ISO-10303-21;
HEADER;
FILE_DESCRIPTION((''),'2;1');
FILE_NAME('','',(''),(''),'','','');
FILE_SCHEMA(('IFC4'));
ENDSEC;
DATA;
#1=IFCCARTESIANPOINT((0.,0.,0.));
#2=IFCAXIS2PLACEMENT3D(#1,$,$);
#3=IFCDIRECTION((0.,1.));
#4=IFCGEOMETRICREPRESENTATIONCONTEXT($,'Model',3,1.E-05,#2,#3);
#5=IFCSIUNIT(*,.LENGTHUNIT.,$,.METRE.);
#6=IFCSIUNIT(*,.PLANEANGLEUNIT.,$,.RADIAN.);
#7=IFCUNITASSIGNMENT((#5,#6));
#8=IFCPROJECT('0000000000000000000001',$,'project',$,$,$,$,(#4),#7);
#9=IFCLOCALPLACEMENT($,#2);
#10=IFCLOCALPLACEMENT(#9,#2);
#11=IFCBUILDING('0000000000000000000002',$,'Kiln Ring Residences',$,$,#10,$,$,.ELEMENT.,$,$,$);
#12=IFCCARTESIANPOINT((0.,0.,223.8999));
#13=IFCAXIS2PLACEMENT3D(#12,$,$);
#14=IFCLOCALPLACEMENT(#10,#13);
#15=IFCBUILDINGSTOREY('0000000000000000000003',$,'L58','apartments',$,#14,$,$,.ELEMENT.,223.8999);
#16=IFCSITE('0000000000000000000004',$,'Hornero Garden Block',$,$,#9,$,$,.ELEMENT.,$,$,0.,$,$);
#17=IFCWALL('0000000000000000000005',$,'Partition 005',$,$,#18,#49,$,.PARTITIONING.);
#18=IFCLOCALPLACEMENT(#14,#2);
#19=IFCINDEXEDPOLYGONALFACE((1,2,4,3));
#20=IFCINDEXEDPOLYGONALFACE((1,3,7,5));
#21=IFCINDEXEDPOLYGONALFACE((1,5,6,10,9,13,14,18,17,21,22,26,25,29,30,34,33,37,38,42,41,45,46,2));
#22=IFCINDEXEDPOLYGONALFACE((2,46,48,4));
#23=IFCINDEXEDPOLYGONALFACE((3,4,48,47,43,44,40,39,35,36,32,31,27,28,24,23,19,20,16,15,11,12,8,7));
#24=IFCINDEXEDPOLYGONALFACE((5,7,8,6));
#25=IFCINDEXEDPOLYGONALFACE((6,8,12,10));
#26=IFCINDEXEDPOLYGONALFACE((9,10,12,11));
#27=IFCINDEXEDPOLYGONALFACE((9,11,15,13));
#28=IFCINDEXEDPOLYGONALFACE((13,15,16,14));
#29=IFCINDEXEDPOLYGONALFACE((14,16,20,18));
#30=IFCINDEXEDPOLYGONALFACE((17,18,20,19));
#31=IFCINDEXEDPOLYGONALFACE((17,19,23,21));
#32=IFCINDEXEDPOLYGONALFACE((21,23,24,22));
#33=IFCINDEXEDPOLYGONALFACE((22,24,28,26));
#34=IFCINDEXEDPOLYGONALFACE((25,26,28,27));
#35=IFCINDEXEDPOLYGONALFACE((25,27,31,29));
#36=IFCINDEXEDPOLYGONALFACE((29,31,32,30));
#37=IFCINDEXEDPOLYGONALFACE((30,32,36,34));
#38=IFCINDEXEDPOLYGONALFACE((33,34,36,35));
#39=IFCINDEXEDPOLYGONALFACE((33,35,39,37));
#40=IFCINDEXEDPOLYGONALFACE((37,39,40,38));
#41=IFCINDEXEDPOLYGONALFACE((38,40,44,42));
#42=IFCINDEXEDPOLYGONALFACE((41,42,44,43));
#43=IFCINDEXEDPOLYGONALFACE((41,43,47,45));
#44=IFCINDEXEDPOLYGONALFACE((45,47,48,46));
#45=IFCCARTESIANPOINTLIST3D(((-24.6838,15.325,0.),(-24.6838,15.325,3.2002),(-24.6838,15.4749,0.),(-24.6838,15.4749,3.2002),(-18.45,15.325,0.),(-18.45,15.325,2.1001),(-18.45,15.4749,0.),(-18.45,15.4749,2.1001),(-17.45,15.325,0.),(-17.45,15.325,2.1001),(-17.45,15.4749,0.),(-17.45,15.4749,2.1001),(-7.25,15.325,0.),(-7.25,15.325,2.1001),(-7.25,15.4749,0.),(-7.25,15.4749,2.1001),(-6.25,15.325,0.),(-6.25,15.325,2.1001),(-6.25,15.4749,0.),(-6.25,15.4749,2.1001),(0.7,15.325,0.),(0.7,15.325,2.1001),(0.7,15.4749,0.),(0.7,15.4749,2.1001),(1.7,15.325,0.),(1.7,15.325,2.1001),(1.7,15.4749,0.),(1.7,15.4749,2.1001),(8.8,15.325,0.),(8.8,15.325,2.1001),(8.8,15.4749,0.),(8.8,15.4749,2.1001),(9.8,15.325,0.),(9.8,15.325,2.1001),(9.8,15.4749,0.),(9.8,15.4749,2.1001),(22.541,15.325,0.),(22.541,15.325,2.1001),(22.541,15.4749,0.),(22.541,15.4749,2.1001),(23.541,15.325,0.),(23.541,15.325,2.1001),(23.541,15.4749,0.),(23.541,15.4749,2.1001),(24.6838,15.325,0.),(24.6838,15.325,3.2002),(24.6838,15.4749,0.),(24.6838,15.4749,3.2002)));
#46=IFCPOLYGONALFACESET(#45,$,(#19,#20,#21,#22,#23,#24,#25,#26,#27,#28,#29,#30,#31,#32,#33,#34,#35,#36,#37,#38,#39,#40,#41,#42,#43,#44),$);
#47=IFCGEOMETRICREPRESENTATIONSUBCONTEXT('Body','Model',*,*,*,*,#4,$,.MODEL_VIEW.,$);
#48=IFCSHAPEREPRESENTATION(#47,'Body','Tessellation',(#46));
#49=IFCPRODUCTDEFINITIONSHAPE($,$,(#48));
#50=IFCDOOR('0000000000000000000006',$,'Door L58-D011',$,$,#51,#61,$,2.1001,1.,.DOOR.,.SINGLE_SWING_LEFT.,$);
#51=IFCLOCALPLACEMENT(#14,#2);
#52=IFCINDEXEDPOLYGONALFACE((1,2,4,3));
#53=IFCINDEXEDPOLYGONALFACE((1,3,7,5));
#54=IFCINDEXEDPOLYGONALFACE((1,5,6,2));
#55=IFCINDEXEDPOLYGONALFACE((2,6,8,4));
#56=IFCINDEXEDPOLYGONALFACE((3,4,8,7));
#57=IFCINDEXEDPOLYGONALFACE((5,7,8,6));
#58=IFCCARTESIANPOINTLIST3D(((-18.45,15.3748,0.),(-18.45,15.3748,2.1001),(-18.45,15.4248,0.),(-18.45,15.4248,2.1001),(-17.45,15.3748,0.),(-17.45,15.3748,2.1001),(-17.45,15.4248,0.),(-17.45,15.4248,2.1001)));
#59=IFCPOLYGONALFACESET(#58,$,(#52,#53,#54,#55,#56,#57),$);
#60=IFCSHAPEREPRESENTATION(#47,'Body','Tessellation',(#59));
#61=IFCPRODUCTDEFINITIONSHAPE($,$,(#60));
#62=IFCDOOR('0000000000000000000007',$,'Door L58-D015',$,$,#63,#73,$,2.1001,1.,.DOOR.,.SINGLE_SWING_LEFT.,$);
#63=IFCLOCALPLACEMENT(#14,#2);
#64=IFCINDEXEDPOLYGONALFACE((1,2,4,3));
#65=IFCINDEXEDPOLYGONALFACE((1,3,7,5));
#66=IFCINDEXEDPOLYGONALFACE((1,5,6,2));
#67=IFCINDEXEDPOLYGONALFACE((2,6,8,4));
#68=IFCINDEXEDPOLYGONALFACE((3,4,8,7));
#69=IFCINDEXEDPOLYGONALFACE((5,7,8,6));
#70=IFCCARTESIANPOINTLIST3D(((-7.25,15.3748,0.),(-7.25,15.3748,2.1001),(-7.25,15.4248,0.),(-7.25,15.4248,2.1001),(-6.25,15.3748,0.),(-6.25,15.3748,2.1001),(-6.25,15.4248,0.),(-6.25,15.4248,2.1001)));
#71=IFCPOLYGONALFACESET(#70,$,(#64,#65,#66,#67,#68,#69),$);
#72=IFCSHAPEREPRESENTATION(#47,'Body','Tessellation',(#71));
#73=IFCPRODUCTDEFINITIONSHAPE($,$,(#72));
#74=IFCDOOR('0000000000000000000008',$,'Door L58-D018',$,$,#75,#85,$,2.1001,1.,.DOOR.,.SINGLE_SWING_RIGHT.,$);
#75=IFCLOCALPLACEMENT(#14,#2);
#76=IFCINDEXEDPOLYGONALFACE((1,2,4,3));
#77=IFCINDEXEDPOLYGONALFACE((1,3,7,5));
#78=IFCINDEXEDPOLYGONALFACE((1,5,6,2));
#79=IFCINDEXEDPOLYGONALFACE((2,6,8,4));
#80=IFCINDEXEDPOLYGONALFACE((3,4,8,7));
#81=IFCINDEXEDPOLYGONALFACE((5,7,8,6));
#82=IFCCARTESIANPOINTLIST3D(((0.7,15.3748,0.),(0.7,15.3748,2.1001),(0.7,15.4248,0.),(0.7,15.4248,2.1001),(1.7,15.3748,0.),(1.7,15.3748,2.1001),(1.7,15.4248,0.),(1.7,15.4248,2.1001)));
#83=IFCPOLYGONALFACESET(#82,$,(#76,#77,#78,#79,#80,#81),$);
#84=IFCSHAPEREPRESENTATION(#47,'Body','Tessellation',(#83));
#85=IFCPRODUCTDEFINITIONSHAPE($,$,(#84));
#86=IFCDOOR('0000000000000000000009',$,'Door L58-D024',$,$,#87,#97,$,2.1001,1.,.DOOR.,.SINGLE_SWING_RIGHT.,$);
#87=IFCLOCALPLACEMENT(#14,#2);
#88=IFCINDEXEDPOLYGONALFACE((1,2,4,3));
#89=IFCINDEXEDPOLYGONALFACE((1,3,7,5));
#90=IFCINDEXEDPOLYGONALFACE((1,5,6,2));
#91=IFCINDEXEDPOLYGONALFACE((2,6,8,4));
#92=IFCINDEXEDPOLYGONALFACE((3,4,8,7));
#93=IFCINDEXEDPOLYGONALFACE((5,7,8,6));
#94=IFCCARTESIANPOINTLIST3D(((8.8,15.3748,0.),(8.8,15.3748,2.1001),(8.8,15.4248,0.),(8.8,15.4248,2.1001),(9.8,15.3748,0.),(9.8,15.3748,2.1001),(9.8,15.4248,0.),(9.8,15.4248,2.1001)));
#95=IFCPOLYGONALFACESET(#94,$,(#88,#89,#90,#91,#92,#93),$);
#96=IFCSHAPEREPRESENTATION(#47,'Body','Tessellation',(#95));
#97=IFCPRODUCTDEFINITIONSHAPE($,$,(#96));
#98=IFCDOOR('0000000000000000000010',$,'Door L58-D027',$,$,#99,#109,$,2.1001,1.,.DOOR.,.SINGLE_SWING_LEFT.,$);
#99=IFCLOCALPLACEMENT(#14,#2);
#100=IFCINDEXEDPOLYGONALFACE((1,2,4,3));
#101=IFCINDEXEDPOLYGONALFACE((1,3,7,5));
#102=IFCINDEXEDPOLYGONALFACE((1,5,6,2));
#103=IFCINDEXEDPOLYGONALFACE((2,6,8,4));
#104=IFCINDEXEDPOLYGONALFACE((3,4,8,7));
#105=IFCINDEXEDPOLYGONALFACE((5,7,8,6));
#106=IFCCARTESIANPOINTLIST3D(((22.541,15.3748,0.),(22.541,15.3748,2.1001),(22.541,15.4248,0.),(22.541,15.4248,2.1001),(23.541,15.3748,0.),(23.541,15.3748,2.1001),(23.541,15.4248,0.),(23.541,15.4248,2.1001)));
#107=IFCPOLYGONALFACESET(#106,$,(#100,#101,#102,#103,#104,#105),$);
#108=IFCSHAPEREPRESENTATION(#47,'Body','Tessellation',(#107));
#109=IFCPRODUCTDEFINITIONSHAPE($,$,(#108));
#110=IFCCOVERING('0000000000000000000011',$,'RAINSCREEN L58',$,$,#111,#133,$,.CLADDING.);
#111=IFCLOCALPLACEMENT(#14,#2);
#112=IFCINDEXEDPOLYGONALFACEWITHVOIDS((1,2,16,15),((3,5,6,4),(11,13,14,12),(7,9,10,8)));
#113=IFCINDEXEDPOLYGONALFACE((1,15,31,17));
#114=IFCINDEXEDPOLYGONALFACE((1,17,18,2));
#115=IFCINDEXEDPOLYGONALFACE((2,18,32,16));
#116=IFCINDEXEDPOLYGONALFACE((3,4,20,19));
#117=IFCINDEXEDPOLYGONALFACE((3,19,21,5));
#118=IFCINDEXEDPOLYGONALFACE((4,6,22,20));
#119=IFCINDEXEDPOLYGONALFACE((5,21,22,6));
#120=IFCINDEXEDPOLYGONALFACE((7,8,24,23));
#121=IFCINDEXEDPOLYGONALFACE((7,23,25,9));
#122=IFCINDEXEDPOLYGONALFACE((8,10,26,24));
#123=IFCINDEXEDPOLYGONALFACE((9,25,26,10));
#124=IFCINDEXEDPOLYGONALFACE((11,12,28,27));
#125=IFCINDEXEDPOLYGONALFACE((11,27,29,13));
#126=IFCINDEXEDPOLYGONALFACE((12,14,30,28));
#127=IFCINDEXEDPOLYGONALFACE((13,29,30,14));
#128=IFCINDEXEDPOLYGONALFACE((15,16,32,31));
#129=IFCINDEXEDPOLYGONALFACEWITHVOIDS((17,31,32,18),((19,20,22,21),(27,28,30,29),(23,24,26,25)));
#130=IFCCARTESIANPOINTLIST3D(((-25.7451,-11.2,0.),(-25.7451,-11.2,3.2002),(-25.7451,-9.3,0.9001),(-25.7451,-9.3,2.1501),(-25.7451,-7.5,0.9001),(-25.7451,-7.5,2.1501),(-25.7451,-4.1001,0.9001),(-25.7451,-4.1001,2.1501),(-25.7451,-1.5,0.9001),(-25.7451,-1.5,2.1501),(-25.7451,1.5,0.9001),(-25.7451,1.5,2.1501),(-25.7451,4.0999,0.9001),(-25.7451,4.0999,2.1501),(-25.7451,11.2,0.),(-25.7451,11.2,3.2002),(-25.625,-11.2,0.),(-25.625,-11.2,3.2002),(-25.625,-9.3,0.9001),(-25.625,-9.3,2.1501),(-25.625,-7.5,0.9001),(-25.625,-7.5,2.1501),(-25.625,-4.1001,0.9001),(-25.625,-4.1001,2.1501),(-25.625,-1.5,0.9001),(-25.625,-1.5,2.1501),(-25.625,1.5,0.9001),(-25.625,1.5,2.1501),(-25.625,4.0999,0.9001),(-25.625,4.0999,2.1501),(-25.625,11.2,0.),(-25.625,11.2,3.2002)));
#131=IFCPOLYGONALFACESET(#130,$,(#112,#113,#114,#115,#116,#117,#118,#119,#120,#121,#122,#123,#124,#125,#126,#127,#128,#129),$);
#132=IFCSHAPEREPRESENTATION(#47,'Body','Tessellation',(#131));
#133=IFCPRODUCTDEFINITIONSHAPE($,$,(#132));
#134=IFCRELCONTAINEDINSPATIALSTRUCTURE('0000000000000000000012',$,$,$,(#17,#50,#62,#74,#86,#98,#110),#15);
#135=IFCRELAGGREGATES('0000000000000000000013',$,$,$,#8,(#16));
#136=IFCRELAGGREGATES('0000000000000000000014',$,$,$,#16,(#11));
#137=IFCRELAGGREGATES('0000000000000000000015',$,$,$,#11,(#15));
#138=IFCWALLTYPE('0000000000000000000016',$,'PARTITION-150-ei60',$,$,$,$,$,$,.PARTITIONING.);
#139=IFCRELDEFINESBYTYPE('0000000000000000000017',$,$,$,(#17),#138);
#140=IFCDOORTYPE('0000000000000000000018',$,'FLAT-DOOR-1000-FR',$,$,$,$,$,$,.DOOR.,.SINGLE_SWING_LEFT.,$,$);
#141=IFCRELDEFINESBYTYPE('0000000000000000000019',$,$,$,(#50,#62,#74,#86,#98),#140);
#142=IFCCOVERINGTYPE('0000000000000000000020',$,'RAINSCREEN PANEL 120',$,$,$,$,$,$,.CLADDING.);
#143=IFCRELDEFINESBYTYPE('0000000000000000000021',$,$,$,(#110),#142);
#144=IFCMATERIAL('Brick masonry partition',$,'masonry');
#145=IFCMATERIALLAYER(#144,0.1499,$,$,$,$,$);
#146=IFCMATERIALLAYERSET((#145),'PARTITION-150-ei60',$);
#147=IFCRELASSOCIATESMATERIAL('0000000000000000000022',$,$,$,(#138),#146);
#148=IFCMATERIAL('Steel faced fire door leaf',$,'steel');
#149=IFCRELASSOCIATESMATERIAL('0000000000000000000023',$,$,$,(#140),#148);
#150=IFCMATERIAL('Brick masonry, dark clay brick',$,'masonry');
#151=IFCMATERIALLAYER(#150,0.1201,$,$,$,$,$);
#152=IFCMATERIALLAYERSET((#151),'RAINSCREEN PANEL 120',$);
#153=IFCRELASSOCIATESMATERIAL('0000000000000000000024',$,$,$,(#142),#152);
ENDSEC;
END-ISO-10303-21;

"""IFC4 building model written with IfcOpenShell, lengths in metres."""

from ifc_helpers import new_model, si_unit, direction, frame, frame_2d, origin, place, context, subcontext, project, spatial, polyline, rectangle, outline, extrude, material, layer, layer_set, type_object, element, fill, save


model = new_model("IFC4")

# Units and contexts
model_context = context("Model", 3, precision=1e-05, world=origin(), true_north=direction((0.0, 1.0)))
body_context = subcontext(model_context, "Body", "Model", "MODEL_VIEW")
ifc_project = project(units=[si_unit("LENGTHUNIT", "METRE"), si_unit("PLANEANGLEUNIT", "RADIAN")], contexts=[model_context])

# Site, building, storey
site_placement = place(None, origin())
site = spatial("IfcSite", under=ifc_project, at=site_placement, Name="Hornero Garden Block", CompositionType="ELEMENT", RefElevation=0.0)
building_placement = place(site_placement, origin())
building = spatial("IfcBuilding", under=site, at=building_placement, Name="Kiln Ring Residences", CompositionType="ELEMENT")
storey_placement = place(building_placement, frame((0.0, 0.0, 223.8999)))
storey = spatial("IfcBuildingStorey", under=building, at=storey_placement, Name="L58", Description="apartments", CompositionType="ELEMENT", Elevation=223.8999)

# Wall, openings, doors
ifc_material_1 = material(Name="Brick masonry partition", Category="masonry")
ifc_layer_1 = layer(ifc_material_1, 0.1499)
ifc_layer_set_1 = layer_set([ifc_layer_1], Name="PARTITION-150-ei60")
wall_type_1 = type_object("IfcWallType", Name="PARTITION-150-ei60", PredefinedType="PARTITIONING", material=ifc_layer_set_1)
ifc_material_2 = material(Name="Steel faced fire door leaf", Category="steel")
door_type_1 = type_object("IfcDoorType", Name="FLAT-DOOR-1000-FR", OperationType="SINGLE_SWING_LEFT", PredefinedType="DOOR", material=ifc_material_2)
wall_1_placement = place(storey_placement, frame((-24.6838, 15.3999, 0.0), z_axis=(0.0, 0.0, 1.0), x_axis=(1.0, 0.0, 0.0)))
wall_1 = element("IfcWall", 1, at=wall_1_placement, inside=storey, type_object=wall_type_1, Name="Partition 005", PredefinedType="PARTITIONING", context=body_context, shape_type="SweptSolid", body=[
    extrude(rectangle(XDim=49.3677, YDim=0.1499, at=frame_2d((24.6838, 0.0))), origin(), (0.0, 0.0, 1.0), 3.2002),
])
opening_1_placement = place(wall_1_placement, frame((6.2339, 0.0, 0.0)))
opening_1 = element("IfcOpeningElement", 2, at=opening_1_placement, cuts=wall_1, PredefinedType="OPENING", context=body_context, shape_type="SweptSolid", body=[
    extrude(rectangle(XDim=1.0, YDim=2.1001, at=frame_2d((0.5, 1.05))), frame((0.0, 0.085, 0.0), z_axis=(0.0, -1.0, 0.0), x_axis=(1.0, 0.0, 0.0)), (0.0, 0.0, 1.0), 0.1699),
])
opening_2_placement = place(wall_1_placement, frame((17.4338, 0.0, 0.0)))
opening_2 = element("IfcOpeningElement", 3, at=opening_2_placement, cuts=wall_1, PredefinedType="OPENING", context=body_context, shape_type="SweptSolid", body=[
    extrude(rectangle(XDim=1.0, YDim=2.1001, at=frame_2d((0.5, 1.05))), frame((0.0, 0.085, 0.0), z_axis=(0.0, -1.0, 0.0), x_axis=(1.0, 0.0, 0.0)), (0.0, 0.0, 1.0), 0.1699),
])
opening_3_placement = place(wall_1_placement, frame((25.3838, 0.0, 0.0)))
opening_3 = element("IfcOpeningElement", 4, at=opening_3_placement, cuts=wall_1, PredefinedType="OPENING", context=body_context, shape_type="SweptSolid", body=[
    extrude(rectangle(XDim=1.0, YDim=2.1001, at=frame_2d((0.5, 1.05))), frame((0.0, 0.085, 0.0), z_axis=(0.0, -1.0, 0.0), x_axis=(1.0, 0.0, 0.0)), (0.0, 0.0, 1.0), 0.1699),
])
opening_4_placement = place(wall_1_placement, frame((33.4839, 0.0, 0.0)))
opening_4 = element("IfcOpeningElement", 5, at=opening_4_placement, cuts=wall_1, PredefinedType="OPENING", context=body_context, shape_type="SweptSolid", body=[
    extrude(rectangle(XDim=1.0, YDim=2.1001, at=frame_2d((0.5, 1.05))), frame((0.0, 0.085, 0.0), z_axis=(0.0, -1.0, 0.0), x_axis=(1.0, 0.0, 0.0)), (0.0, 0.0, 1.0), 0.1699),
])
opening_5_placement = place(wall_1_placement, frame((47.2249, 0.0, 0.0)))
opening_5 = element("IfcOpeningElement", 6, at=opening_5_placement, cuts=wall_1, PredefinedType="OPENING", context=body_context, shape_type="SweptSolid", body=[
    extrude(rectangle(XDim=1.0, YDim=2.1001, at=frame_2d((0.5, 1.05))), frame((0.0, 0.085, 0.0), z_axis=(0.0, -1.0, 0.0), x_axis=(1.0, 0.0, 0.0)), (0.0, 0.0, 1.0), 0.1699),
])
door_1_placement = place(opening_1_placement, origin())
door_1 = element("IfcDoor", 7, at=door_1_placement, inside=storey, type_object=door_type_1, Name="Door L58-D011", OperationType="SINGLE_SWING_LEFT", OverallHeight=2.1001, OverallWidth=1.0, PredefinedType="DOOR", context=body_context, shape_type="SweptSolid", body=[
    extrude(rectangle(XDim=1.0, YDim=2.1001, at=frame_2d((0.5, 1.05))), frame((0.0, 0.0249, 0.0), z_axis=(0.0, -1.0, 0.0), x_axis=(1.0, 0.0, 0.0)), (0.0, 0.0, 1.0), 0.05),
])
fill(opening_1, door_1)
door_2_placement = place(opening_2_placement, origin())
door_2 = element("IfcDoor", 8, at=door_2_placement, inside=storey, type_object=door_type_1, Name="Door L58-D015", OperationType="SINGLE_SWING_LEFT", OverallHeight=2.1001, OverallWidth=1.0, PredefinedType="DOOR", context=body_context, shape_type="SweptSolid", body=[
    extrude(rectangle(XDim=1.0, YDim=2.1001, at=frame_2d((0.5, 1.05))), frame((0.0, 0.0249, 0.0), z_axis=(0.0, -1.0, 0.0), x_axis=(1.0, 0.0, 0.0)), (0.0, 0.0, 1.0), 0.05),
])
fill(opening_2, door_2)
door_3_placement = place(opening_3_placement, origin())
door_3 = element("IfcDoor", 9, at=door_3_placement, inside=storey, type_object=door_type_1, Name="Door L58-D018", OperationType="SINGLE_SWING_RIGHT", OverallHeight=2.1001, OverallWidth=1.0, PredefinedType="DOOR", context=body_context, shape_type="SweptSolid", body=[
    extrude(rectangle(XDim=1.0, YDim=2.1001, at=frame_2d((0.5, 1.05))), frame((0.0, 0.0249, 0.0), z_axis=(0.0, -1.0, 0.0), x_axis=(1.0, 0.0, 0.0)), (0.0, 0.0, 1.0), 0.05),
])
fill(opening_3, door_3)
door_4_placement = place(opening_4_placement, origin())
door_4 = element("IfcDoor", 10, at=door_4_placement, inside=storey, type_object=door_type_1, Name="Door L58-D024", OperationType="SINGLE_SWING_RIGHT", OverallHeight=2.1001, OverallWidth=1.0, PredefinedType="DOOR", context=body_context, shape_type="SweptSolid", body=[
    extrude(rectangle(XDim=1.0, YDim=2.1001, at=frame_2d((0.5, 1.05))), frame((0.0, 0.0249, 0.0), z_axis=(0.0, -1.0, 0.0), x_axis=(1.0, 0.0, 0.0)), (0.0, 0.0, 1.0), 0.05),
])
fill(opening_4, door_4)
door_5_placement = place(opening_5_placement, origin())
door_5 = element("IfcDoor", 11, at=door_5_placement, inside=storey, type_object=door_type_1, Name="Door L58-D027", OperationType="SINGLE_SWING_LEFT", OverallHeight=2.1001, OverallWidth=1.0, PredefinedType="DOOR", context=body_context, shape_type="SweptSolid", body=[
    extrude(rectangle(XDim=1.0, YDim=2.1001, at=frame_2d((0.5, 1.05))), frame((0.0, 0.0249, 0.0), z_axis=(0.0, -1.0, 0.0), x_axis=(1.0, 0.0, 0.0)), (0.0, 0.0, 1.0), 0.05),
])
fill(opening_5, door_5)

# Covering
ifc_material_3 = material(Name="Brick masonry, dark clay brick", Category="masonry")
ifc_layer_2 = layer(ifc_material_3, 0.1201)
ifc_layer_set_2 = layer_set([ifc_layer_2], Name="RAINSCREEN PANEL 120")
covering_type = type_object("IfcCoveringType", Name="RAINSCREEN PANEL 120", PredefinedType="CLADDING", material=ifc_layer_set_2)
covering_placement = place(storey_placement, frame((-25.6851, 11.2, 0.0), z_axis=(0.0, 0.0, 1.0), x_axis=(0.0, -1.0, 0.0)))
element("IfcCovering", 12, at=covering_placement, inside=storey, type_object=covering_type, Name="RAINSCREEN L58", PredefinedType="CLADDING", context=body_context, shape_type="SweptSolid", body=[
    extrude(outline(polyline([(0.0, 0.0), (22.3999, 0.0), (22.3999, 3.2002), (0.0, 3.2002), (0.0, 0.0)]), holes=[polyline([(9.7, 2.1501), (7.1001, 2.1501), (7.1001, 0.9001), (9.7, 0.9001), (9.7, 2.1501)]), polyline([(15.3, 0.9001), (15.3, 2.1501), (12.7, 2.1501), (12.7, 0.9001), (15.3, 0.9001)]), polyline([(20.5, 0.9001), (20.5, 2.1501), (18.7, 2.1501), (18.7, 0.9001), (20.5, 0.9001)])]), frame((0.0, 0.0601, 0.0), z_axis=(0.0, -1.0, 0.0), x_axis=(1.0, 0.0, 0.0)), (0.0, 0.0, 1.0), 0.1201),
])

save(model, "model.ifc")
